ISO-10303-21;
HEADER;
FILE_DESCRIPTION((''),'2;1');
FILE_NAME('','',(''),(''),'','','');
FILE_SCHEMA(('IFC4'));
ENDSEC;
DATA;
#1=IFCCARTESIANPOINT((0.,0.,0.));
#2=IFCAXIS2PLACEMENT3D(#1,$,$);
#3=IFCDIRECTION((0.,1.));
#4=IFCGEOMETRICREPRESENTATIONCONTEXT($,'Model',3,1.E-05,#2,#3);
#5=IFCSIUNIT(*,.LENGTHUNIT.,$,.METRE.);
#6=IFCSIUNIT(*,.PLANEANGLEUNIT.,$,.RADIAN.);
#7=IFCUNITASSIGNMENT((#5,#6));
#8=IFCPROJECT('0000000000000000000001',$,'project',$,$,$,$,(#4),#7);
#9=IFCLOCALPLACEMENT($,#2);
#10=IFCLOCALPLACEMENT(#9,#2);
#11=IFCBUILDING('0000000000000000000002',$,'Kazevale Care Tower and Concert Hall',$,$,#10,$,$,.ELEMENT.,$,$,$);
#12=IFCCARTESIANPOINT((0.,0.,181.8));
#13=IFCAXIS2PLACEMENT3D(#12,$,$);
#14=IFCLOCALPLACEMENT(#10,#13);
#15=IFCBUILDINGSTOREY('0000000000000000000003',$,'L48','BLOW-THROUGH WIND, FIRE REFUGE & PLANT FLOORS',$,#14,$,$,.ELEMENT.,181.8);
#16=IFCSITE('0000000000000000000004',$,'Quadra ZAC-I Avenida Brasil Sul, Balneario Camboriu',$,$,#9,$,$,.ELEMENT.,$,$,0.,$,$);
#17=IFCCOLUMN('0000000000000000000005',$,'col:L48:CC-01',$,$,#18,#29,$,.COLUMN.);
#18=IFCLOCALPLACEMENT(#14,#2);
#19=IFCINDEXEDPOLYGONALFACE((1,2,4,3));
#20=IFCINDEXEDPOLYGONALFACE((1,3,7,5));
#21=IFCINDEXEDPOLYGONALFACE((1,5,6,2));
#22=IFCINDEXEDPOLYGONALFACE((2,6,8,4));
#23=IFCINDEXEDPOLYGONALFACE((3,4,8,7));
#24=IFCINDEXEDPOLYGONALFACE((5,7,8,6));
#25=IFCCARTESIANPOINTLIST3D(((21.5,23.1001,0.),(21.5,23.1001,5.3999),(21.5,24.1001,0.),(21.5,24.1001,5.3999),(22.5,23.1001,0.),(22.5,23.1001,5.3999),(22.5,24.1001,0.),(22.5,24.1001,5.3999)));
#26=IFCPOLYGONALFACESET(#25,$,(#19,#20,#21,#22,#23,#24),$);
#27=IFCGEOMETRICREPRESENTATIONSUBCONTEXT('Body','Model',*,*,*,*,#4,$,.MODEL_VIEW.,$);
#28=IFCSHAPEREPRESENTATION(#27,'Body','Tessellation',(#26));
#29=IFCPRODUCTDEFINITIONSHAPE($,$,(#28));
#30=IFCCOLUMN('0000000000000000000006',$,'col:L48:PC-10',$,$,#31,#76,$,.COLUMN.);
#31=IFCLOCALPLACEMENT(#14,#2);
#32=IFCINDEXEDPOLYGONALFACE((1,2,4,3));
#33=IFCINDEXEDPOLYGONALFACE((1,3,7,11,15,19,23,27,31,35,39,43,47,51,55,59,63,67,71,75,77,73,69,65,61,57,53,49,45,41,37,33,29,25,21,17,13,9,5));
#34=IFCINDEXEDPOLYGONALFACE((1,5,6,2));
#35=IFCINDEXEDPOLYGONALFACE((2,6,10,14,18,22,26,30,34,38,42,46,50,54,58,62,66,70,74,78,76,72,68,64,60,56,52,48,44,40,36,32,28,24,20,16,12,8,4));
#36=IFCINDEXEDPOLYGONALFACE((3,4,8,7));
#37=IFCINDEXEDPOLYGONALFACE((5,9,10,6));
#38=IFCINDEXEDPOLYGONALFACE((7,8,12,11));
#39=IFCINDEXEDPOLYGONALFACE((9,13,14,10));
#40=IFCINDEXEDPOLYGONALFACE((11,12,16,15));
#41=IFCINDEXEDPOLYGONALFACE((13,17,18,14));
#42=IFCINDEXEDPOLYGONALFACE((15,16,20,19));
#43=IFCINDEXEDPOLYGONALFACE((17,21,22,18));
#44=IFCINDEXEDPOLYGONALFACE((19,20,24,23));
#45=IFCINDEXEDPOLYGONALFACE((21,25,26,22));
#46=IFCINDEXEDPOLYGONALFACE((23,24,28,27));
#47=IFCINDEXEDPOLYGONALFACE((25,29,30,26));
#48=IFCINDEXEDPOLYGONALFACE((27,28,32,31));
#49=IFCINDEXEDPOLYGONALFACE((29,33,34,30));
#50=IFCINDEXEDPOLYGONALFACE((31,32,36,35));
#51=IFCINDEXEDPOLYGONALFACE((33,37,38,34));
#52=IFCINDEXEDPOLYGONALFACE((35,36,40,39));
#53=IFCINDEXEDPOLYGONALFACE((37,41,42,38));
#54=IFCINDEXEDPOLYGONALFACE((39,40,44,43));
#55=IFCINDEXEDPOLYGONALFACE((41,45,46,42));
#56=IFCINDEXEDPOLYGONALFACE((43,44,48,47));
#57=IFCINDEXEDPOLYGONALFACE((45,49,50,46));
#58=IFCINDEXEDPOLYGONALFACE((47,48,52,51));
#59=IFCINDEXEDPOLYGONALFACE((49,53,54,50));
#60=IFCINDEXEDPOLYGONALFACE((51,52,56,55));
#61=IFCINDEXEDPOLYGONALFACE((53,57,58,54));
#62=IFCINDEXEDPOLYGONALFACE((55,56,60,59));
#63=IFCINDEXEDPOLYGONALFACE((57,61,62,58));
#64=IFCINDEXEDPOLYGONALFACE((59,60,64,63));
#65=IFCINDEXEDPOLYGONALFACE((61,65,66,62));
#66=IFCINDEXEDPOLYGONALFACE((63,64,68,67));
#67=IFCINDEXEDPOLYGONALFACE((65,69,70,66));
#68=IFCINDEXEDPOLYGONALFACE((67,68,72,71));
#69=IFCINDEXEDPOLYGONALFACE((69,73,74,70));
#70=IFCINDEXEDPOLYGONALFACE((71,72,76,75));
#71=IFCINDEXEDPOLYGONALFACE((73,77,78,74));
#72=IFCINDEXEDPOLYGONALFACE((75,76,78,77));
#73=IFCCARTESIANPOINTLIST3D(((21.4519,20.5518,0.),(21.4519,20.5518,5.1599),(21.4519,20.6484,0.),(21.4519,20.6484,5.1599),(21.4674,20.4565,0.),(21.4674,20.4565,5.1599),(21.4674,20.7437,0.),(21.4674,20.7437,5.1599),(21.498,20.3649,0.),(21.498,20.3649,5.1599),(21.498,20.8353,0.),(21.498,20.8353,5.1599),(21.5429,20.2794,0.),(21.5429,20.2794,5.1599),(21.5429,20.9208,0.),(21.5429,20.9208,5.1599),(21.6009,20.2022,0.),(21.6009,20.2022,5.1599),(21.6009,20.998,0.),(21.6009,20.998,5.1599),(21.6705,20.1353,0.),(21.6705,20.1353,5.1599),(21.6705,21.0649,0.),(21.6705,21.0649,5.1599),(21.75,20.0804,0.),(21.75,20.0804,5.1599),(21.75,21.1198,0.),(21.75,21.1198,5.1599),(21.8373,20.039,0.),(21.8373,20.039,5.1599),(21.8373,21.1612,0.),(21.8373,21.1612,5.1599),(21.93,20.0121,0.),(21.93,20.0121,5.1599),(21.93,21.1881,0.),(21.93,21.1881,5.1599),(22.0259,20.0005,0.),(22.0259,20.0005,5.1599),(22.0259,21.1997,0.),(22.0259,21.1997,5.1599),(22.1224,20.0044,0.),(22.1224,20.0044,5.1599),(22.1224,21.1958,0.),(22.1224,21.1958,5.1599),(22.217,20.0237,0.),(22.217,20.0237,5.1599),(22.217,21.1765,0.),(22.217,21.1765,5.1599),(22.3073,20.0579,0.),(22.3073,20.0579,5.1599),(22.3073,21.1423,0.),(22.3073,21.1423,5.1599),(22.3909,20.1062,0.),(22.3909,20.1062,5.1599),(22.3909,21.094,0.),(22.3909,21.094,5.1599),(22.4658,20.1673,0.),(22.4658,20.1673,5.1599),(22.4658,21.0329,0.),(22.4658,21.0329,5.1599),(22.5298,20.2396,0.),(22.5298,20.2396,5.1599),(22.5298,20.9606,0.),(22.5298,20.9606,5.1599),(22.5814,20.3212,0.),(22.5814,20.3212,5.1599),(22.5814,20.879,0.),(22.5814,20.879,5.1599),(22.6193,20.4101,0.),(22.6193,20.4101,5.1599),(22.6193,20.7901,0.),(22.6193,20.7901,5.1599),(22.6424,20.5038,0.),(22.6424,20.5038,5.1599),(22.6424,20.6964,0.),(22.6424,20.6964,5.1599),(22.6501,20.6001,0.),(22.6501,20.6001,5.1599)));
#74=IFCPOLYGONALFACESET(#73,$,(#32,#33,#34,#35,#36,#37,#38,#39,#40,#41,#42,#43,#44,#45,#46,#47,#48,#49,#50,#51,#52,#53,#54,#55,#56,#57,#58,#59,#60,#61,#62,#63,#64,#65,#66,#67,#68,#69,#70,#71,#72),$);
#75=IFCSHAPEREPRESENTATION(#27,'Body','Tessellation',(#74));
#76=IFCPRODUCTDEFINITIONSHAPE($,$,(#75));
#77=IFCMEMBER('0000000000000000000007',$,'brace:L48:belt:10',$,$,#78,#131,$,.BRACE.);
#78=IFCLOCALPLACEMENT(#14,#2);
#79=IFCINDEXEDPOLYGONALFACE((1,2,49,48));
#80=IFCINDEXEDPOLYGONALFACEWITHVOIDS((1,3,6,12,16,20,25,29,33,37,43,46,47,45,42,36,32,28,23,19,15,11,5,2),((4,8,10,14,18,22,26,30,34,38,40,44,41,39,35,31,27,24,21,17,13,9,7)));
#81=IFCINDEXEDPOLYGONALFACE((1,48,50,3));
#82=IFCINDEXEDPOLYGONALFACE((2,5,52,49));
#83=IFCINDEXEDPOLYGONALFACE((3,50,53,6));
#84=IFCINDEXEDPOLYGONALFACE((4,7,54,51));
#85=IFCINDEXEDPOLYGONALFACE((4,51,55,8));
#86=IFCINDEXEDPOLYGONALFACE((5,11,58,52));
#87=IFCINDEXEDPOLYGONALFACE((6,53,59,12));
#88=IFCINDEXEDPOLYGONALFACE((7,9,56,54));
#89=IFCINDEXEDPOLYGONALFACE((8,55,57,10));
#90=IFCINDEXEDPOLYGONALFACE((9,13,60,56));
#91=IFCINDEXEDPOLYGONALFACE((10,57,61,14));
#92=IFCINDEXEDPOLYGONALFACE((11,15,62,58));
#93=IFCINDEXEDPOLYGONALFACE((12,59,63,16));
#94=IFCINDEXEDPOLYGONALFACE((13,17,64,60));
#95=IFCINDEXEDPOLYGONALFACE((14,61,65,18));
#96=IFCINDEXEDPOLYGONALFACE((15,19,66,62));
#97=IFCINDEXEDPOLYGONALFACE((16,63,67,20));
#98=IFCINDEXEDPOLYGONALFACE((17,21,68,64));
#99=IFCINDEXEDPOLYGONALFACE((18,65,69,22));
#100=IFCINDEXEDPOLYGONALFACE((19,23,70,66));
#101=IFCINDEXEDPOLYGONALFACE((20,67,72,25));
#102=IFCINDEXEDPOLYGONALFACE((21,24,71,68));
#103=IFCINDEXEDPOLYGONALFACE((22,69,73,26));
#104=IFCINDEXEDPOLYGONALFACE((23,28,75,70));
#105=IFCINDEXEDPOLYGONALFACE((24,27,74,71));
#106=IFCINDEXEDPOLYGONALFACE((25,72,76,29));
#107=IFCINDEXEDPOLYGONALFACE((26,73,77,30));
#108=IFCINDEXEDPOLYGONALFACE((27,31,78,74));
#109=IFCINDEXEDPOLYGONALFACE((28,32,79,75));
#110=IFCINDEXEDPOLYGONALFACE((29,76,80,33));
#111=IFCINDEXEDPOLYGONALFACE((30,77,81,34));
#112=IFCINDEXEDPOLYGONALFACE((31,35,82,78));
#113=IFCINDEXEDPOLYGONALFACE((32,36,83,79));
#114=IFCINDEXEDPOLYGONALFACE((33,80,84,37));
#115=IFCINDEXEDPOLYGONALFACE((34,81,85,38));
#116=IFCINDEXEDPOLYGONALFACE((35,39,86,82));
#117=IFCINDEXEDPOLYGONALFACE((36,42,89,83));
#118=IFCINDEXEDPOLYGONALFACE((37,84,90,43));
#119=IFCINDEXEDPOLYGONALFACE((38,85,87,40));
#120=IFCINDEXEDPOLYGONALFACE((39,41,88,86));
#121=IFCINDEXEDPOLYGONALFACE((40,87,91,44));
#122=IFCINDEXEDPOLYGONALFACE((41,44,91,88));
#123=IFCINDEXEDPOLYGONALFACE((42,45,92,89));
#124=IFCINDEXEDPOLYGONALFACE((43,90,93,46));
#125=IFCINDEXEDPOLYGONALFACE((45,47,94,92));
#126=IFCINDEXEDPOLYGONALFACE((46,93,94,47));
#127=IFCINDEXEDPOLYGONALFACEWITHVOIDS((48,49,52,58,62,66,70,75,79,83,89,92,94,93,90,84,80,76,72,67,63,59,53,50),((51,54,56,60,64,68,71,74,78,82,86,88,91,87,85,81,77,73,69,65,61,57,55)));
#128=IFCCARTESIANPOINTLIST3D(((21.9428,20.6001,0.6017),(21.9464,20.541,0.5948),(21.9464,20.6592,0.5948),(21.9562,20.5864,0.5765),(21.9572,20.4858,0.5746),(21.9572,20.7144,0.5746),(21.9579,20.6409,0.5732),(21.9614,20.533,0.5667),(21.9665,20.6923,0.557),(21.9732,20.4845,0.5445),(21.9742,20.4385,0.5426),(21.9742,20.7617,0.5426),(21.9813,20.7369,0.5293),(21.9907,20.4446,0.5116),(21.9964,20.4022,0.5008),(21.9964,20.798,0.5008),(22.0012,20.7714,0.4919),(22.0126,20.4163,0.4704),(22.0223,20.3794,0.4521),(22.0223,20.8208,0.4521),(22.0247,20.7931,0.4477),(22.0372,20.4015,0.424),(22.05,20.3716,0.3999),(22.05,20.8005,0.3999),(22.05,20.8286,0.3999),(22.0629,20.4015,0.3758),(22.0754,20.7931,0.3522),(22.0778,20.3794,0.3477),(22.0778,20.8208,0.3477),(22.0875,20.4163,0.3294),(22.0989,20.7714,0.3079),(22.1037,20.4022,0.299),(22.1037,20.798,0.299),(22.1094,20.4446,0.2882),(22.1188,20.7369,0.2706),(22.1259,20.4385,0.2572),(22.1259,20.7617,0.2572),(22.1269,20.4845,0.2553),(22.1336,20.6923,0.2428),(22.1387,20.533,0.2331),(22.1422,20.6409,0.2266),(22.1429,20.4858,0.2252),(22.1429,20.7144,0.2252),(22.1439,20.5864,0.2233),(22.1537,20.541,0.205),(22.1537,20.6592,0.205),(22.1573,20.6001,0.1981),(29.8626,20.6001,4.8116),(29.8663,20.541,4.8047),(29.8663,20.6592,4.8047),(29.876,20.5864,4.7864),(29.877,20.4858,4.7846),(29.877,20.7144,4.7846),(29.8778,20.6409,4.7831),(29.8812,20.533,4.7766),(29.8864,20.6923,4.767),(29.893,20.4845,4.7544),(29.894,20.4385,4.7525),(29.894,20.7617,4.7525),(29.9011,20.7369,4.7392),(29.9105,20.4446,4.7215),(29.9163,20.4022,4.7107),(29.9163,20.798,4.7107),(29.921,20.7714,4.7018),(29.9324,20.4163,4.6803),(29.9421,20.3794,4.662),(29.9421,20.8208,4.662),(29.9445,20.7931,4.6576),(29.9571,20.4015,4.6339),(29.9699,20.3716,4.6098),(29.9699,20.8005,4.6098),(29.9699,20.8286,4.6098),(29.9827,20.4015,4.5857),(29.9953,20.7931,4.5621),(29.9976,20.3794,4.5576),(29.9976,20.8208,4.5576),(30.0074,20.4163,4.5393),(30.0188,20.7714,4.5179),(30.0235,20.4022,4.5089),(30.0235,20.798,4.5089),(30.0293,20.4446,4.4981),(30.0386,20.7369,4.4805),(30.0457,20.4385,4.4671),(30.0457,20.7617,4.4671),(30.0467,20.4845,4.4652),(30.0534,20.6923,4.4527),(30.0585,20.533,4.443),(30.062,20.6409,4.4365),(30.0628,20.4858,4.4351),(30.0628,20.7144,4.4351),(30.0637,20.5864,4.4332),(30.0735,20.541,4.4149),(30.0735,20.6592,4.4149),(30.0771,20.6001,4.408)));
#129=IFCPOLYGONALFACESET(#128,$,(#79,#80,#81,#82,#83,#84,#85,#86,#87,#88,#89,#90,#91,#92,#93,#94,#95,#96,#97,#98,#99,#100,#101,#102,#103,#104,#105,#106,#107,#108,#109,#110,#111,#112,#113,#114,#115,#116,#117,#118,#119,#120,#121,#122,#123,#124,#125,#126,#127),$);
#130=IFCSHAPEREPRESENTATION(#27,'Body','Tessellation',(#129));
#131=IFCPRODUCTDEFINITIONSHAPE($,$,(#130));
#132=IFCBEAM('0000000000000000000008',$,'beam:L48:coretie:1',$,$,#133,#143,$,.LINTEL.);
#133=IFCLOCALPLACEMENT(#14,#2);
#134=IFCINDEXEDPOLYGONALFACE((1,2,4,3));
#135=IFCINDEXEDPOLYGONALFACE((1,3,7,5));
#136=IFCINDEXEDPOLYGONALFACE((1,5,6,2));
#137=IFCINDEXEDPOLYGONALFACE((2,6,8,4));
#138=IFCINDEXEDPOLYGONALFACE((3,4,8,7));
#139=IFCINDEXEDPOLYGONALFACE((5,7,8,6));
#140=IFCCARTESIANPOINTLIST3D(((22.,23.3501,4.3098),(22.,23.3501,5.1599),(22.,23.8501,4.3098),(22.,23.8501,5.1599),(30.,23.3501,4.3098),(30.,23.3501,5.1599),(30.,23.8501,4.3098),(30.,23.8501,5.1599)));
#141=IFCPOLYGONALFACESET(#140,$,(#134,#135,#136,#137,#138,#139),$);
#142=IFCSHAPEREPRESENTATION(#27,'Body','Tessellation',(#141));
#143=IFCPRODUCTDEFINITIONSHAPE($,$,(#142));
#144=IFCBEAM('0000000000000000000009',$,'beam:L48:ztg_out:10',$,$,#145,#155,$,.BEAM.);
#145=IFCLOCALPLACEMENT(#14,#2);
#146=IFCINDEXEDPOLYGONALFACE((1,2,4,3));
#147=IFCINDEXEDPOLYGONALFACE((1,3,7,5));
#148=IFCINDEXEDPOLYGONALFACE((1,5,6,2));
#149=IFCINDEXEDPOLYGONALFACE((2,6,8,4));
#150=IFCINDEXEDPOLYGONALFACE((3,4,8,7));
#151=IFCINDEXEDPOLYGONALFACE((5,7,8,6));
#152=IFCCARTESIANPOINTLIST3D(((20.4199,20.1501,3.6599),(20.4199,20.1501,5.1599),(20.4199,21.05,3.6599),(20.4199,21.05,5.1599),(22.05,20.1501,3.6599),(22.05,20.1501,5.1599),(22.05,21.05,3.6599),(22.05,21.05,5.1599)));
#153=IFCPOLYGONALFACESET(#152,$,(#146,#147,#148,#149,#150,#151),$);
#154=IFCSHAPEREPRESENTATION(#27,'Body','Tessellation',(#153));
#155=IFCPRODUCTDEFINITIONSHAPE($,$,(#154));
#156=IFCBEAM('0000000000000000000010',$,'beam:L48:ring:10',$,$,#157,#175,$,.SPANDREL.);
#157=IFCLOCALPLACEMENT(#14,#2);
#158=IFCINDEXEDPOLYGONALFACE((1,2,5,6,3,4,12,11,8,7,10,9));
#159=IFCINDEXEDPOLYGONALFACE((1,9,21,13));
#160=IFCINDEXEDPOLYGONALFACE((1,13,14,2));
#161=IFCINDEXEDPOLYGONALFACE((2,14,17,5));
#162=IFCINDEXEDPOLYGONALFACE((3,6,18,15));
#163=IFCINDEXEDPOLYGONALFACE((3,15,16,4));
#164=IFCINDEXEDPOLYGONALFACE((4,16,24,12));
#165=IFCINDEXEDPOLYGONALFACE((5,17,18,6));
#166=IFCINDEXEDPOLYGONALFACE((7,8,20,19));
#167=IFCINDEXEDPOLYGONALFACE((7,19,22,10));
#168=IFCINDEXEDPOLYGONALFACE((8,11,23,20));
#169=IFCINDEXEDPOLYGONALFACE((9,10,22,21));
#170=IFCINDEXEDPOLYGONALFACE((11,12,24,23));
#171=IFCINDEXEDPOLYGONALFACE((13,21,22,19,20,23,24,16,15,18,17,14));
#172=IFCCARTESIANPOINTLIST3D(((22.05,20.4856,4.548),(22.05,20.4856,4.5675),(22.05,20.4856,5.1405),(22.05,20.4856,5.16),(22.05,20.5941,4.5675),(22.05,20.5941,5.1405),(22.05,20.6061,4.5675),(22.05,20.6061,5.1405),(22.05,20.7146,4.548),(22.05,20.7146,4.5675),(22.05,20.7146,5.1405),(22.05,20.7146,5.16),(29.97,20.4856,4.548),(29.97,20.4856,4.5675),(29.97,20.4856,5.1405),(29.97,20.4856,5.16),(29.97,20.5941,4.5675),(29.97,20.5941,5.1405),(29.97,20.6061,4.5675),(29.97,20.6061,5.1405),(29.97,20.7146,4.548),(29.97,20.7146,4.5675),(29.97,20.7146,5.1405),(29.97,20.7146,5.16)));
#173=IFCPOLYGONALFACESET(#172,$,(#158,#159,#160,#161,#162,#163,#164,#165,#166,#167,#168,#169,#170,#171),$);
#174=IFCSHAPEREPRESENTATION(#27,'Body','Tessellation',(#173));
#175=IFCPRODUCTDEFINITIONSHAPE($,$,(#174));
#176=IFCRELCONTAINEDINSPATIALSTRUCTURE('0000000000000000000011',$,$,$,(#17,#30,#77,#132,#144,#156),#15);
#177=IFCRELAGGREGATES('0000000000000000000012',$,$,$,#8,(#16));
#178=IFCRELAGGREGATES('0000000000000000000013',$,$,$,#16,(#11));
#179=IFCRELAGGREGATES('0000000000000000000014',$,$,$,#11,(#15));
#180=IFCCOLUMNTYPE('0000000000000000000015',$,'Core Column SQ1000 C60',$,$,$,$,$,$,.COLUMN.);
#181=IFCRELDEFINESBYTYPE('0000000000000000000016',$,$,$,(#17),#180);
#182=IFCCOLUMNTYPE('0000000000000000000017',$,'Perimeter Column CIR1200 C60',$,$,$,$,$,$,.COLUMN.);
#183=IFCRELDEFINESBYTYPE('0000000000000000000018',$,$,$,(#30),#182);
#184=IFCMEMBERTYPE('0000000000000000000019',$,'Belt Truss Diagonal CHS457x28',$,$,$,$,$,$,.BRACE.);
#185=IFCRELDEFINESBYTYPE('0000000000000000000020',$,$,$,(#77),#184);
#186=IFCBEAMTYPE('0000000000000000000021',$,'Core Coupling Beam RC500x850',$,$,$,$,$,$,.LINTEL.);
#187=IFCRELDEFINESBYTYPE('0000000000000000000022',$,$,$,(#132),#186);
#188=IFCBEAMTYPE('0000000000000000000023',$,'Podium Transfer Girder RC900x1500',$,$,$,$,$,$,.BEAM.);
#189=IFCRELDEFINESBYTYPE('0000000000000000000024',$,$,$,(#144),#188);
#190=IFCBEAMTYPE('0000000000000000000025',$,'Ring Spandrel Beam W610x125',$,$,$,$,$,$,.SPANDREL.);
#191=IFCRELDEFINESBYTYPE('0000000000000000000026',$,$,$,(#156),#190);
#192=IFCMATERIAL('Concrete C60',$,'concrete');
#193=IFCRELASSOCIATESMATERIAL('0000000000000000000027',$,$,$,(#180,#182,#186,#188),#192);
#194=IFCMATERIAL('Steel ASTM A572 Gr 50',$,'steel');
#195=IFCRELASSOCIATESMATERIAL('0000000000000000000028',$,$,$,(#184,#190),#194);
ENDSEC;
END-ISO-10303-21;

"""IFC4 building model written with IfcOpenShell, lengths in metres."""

from ifc_helpers import new_model, si_unit, direction, frame, origin, origin_2d, place, context, subcontext, project, spatial, rectangle, circle, hollow_circle, i_section, extrude, material, material_profile, profile_set, type_object, element, save


model = new_model("IFC4")

# Units and contexts
model_context = context("Model", 3, precision=1e-05, world=origin(), true_north=direction((0.0, 1.0)))
body_context = subcontext(model_context, "Body", "Model", "MODEL_VIEW")
ifc_project = project(units=[si_unit("LENGTHUNIT", "METRE"), si_unit("PLANEANGLEUNIT", "RADIAN")], contexts=[model_context])

# Site, building, storey
site_placement = place(None, origin())
site = spatial("IfcSite", under=ifc_project, at=site_placement, Name="Quadra ZAC-I Avenida Brasil Sul, Balneario Camboriu", CompositionType="ELEMENT", RefElevation=0.0)
building_placement = place(site_placement, origin())
building = spatial("IfcBuilding", under=site, at=building_placement, Name="Kazevale Care Tower and Concert Hall", CompositionType="ELEMENT")
storey_placement = place(building_placement, frame((0.0, 0.0, 181.8)))
storey = spatial("IfcBuildingStorey", under=building, at=storey_placement, Name="L48", Description="BLOW-THROUGH WIND, FIRE REFUGE & PLANT FLOORS", CompositionType="ELEMENT", Elevation=181.8)

# Columns
ifc_material_1 = material(Name="Concrete C60", Category="concrete")
ifc_material_profile_1 = material_profile(ifc_material_1, rectangle(XDim=1.0, YDim=1.0, at=origin_2d()), Name="RC-SQ1000")
ifc_profile_set_1 = profile_set([ifc_material_profile_1], Name="Concrete C60")
column_type_1 = type_object("IfcColumnType", Name="Core Column SQ1000 C60", PredefinedType="COLUMN", material=ifc_profile_set_1)
column_1_placement = place(storey_placement, frame((22.0, 23.6001, 0.0), z_axis=(0.0, 0.0, 1.0), x_axis=(1.0, 0.0, 0.0)))
element("IfcColumn", 1, at=column_1_placement, inside=storey, type_object=column_type_1, Name="col:L48:CC-01", PredefinedType="COLUMN", context=body_context, shape_type="SweptSolid", body=[
    extrude(rectangle(XDim=1.0, YDim=1.0, at=origin_2d()), origin(), (0.0, 0.0, 1.0), 5.3999),
])
ifc_material_profile_2 = material_profile(ifc_material_1, circle(Radius=0.6001, at=origin_2d()), Name="RC-CIR1200")
ifc_profile_set_2 = profile_set([ifc_material_profile_2], Name="Concrete C60")
column_type_2 = type_object("IfcColumnType", Name="Perimeter Column CIR1200 C60", PredefinedType="COLUMN", material=ifc_profile_set_2)
column_2_placement = place(storey_placement, frame((22.05, 20.6001, 0.0), z_axis=(0.0, 0.0, 1.0), x_axis=(1.0, 0.0, 0.0)))
element("IfcColumn", 2, at=column_2_placement, inside=storey, type_object=column_type_2, Name="col:L48:PC-10", PredefinedType="COLUMN", context=body_context, shape_type="SweptSolid", body=[
    extrude(circle(Radius=0.6001, at=origin_2d()), origin(), (0.0, 0.0, 1.0), 5.1599),
])

# Member
ifc_material_2 = material(Name="Steel ASTM A572 Gr 50", Category="steel")
ifc_material_profile_3 = material_profile(ifc_material_2, hollow_circle(Radius=0.2285, WallThickness=0.0281, at=origin_2d()), Name="CHS457x28")
ifc_profile_set_3 = profile_set([ifc_material_profile_3], Name="Steel ASTM A572 Gr 50")
member_type = type_object("IfcMemberType", Name="Belt Truss Diagonal CHS457x28", PredefinedType="BRACE", material=ifc_profile_set_3)
member_placement = place(storey_placement, frame((22.05, 20.6001, 0.3999), z_axis=(0.883, 0.0, 0.469373), x_axis=(0.0, 1.0, 0.0)))
element("IfcMember", 3, at=member_placement, inside=storey, type_object=member_type, Name="brace:L48:belt:10", PredefinedType="BRACE", context=body_context, shape_type="SweptSolid", body=[
    extrude(hollow_circle(Radius=0.2285, WallThickness=0.0281, at=origin_2d()), origin(), (0.0, 0.0, 1.0), 8.9692),
])

# Beams
ifc_material_profile_4 = material_profile(ifc_material_1, rectangle(XDim=0.5, YDim=0.8501, at=origin_2d()), Name="RC-B500x850")
ifc_profile_set_4 = profile_set([ifc_material_profile_4], Name="Concrete C60")
beam_type_1 = type_object("IfcBeamType", Name="Core Coupling Beam RC500x850", PredefinedType="LINTEL", material=ifc_profile_set_4)
beam_1_placement = place(storey_placement, frame((22.0, 23.6001, 4.7349), z_axis=(1.0, 0.0, 0.0), x_axis=(0.0, 1.0, 0.0)))
element("IfcBeam", 4, at=beam_1_placement, inside=storey, type_object=beam_type_1, Name="beam:L48:coretie:1", PredefinedType="LINTEL", context=body_context, shape_type="SweptSolid", body=[
    extrude(rectangle(XDim=0.5, YDim=0.8501, at=origin_2d()), origin(), (0.0, 0.0, 1.0), 8.0),
])
ifc_material_profile_5 = material_profile(ifc_material_1, rectangle(XDim=0.8999, YDim=1.5, at=origin_2d()), Name="RC-TG900x1500")
ifc_profile_set_5 = profile_set([ifc_material_profile_5], Name="Concrete C60")
beam_type_2 = type_object("IfcBeamType", Name="Podium Transfer Girder RC900x1500", PredefinedType="BEAM", material=ifc_profile_set_5)
beam_2_placement = place(storey_placement, frame((22.05, 20.6001, 4.4099), z_axis=(-1.0, 0.0, 0.0), x_axis=(0.0, -1.0, 0.0)))
element("IfcBeam", 5, at=beam_2_placement, inside=storey, type_object=beam_type_2, Name="beam:L48:ztg_out:10", PredefinedType="BEAM", context=body_context, shape_type="SweptSolid", body=[
    extrude(rectangle(XDim=0.8999, YDim=1.5, at=origin_2d()), origin(), (0.0, 0.0, 1.0), 1.6301),
])
ifc_material_profile_6 = material_profile(ifc_material_2, i_section(OverallWidth=0.229, OverallDepth=0.6121, WebThickness=0.012, FlangeThickness=0.0195, at=origin_2d()), Name="W610x125")
ifc_profile_set_6 = profile_set([ifc_material_profile_6], Name="Steel ASTM A572 Gr 50")
beam_type_3 = type_object("IfcBeamType", Name="Ring Spandrel Beam W610x125", PredefinedType="SPANDREL", material=ifc_profile_set_6)
beam_3_placement = place(storey_placement, frame((22.05, 20.6001, 4.854), z_axis=(1.0, 0.0, 0.0), x_axis=(0.0, 1.0, 0.0)))
element("IfcBeam", 6, at=beam_3_placement, inside=storey, type_object=beam_type_3, Name="beam:L48:ring:10", PredefinedType="SPANDREL", context=body_context, shape_type="SweptSolid", body=[
    extrude(i_section(OverallWidth=0.229, OverallDepth=0.6121, WebThickness=0.012, FlangeThickness=0.0195, at=origin_2d()), origin(), (0.0, 0.0, 1.0), 7.9199),
])

save(model, "model.ifc")
